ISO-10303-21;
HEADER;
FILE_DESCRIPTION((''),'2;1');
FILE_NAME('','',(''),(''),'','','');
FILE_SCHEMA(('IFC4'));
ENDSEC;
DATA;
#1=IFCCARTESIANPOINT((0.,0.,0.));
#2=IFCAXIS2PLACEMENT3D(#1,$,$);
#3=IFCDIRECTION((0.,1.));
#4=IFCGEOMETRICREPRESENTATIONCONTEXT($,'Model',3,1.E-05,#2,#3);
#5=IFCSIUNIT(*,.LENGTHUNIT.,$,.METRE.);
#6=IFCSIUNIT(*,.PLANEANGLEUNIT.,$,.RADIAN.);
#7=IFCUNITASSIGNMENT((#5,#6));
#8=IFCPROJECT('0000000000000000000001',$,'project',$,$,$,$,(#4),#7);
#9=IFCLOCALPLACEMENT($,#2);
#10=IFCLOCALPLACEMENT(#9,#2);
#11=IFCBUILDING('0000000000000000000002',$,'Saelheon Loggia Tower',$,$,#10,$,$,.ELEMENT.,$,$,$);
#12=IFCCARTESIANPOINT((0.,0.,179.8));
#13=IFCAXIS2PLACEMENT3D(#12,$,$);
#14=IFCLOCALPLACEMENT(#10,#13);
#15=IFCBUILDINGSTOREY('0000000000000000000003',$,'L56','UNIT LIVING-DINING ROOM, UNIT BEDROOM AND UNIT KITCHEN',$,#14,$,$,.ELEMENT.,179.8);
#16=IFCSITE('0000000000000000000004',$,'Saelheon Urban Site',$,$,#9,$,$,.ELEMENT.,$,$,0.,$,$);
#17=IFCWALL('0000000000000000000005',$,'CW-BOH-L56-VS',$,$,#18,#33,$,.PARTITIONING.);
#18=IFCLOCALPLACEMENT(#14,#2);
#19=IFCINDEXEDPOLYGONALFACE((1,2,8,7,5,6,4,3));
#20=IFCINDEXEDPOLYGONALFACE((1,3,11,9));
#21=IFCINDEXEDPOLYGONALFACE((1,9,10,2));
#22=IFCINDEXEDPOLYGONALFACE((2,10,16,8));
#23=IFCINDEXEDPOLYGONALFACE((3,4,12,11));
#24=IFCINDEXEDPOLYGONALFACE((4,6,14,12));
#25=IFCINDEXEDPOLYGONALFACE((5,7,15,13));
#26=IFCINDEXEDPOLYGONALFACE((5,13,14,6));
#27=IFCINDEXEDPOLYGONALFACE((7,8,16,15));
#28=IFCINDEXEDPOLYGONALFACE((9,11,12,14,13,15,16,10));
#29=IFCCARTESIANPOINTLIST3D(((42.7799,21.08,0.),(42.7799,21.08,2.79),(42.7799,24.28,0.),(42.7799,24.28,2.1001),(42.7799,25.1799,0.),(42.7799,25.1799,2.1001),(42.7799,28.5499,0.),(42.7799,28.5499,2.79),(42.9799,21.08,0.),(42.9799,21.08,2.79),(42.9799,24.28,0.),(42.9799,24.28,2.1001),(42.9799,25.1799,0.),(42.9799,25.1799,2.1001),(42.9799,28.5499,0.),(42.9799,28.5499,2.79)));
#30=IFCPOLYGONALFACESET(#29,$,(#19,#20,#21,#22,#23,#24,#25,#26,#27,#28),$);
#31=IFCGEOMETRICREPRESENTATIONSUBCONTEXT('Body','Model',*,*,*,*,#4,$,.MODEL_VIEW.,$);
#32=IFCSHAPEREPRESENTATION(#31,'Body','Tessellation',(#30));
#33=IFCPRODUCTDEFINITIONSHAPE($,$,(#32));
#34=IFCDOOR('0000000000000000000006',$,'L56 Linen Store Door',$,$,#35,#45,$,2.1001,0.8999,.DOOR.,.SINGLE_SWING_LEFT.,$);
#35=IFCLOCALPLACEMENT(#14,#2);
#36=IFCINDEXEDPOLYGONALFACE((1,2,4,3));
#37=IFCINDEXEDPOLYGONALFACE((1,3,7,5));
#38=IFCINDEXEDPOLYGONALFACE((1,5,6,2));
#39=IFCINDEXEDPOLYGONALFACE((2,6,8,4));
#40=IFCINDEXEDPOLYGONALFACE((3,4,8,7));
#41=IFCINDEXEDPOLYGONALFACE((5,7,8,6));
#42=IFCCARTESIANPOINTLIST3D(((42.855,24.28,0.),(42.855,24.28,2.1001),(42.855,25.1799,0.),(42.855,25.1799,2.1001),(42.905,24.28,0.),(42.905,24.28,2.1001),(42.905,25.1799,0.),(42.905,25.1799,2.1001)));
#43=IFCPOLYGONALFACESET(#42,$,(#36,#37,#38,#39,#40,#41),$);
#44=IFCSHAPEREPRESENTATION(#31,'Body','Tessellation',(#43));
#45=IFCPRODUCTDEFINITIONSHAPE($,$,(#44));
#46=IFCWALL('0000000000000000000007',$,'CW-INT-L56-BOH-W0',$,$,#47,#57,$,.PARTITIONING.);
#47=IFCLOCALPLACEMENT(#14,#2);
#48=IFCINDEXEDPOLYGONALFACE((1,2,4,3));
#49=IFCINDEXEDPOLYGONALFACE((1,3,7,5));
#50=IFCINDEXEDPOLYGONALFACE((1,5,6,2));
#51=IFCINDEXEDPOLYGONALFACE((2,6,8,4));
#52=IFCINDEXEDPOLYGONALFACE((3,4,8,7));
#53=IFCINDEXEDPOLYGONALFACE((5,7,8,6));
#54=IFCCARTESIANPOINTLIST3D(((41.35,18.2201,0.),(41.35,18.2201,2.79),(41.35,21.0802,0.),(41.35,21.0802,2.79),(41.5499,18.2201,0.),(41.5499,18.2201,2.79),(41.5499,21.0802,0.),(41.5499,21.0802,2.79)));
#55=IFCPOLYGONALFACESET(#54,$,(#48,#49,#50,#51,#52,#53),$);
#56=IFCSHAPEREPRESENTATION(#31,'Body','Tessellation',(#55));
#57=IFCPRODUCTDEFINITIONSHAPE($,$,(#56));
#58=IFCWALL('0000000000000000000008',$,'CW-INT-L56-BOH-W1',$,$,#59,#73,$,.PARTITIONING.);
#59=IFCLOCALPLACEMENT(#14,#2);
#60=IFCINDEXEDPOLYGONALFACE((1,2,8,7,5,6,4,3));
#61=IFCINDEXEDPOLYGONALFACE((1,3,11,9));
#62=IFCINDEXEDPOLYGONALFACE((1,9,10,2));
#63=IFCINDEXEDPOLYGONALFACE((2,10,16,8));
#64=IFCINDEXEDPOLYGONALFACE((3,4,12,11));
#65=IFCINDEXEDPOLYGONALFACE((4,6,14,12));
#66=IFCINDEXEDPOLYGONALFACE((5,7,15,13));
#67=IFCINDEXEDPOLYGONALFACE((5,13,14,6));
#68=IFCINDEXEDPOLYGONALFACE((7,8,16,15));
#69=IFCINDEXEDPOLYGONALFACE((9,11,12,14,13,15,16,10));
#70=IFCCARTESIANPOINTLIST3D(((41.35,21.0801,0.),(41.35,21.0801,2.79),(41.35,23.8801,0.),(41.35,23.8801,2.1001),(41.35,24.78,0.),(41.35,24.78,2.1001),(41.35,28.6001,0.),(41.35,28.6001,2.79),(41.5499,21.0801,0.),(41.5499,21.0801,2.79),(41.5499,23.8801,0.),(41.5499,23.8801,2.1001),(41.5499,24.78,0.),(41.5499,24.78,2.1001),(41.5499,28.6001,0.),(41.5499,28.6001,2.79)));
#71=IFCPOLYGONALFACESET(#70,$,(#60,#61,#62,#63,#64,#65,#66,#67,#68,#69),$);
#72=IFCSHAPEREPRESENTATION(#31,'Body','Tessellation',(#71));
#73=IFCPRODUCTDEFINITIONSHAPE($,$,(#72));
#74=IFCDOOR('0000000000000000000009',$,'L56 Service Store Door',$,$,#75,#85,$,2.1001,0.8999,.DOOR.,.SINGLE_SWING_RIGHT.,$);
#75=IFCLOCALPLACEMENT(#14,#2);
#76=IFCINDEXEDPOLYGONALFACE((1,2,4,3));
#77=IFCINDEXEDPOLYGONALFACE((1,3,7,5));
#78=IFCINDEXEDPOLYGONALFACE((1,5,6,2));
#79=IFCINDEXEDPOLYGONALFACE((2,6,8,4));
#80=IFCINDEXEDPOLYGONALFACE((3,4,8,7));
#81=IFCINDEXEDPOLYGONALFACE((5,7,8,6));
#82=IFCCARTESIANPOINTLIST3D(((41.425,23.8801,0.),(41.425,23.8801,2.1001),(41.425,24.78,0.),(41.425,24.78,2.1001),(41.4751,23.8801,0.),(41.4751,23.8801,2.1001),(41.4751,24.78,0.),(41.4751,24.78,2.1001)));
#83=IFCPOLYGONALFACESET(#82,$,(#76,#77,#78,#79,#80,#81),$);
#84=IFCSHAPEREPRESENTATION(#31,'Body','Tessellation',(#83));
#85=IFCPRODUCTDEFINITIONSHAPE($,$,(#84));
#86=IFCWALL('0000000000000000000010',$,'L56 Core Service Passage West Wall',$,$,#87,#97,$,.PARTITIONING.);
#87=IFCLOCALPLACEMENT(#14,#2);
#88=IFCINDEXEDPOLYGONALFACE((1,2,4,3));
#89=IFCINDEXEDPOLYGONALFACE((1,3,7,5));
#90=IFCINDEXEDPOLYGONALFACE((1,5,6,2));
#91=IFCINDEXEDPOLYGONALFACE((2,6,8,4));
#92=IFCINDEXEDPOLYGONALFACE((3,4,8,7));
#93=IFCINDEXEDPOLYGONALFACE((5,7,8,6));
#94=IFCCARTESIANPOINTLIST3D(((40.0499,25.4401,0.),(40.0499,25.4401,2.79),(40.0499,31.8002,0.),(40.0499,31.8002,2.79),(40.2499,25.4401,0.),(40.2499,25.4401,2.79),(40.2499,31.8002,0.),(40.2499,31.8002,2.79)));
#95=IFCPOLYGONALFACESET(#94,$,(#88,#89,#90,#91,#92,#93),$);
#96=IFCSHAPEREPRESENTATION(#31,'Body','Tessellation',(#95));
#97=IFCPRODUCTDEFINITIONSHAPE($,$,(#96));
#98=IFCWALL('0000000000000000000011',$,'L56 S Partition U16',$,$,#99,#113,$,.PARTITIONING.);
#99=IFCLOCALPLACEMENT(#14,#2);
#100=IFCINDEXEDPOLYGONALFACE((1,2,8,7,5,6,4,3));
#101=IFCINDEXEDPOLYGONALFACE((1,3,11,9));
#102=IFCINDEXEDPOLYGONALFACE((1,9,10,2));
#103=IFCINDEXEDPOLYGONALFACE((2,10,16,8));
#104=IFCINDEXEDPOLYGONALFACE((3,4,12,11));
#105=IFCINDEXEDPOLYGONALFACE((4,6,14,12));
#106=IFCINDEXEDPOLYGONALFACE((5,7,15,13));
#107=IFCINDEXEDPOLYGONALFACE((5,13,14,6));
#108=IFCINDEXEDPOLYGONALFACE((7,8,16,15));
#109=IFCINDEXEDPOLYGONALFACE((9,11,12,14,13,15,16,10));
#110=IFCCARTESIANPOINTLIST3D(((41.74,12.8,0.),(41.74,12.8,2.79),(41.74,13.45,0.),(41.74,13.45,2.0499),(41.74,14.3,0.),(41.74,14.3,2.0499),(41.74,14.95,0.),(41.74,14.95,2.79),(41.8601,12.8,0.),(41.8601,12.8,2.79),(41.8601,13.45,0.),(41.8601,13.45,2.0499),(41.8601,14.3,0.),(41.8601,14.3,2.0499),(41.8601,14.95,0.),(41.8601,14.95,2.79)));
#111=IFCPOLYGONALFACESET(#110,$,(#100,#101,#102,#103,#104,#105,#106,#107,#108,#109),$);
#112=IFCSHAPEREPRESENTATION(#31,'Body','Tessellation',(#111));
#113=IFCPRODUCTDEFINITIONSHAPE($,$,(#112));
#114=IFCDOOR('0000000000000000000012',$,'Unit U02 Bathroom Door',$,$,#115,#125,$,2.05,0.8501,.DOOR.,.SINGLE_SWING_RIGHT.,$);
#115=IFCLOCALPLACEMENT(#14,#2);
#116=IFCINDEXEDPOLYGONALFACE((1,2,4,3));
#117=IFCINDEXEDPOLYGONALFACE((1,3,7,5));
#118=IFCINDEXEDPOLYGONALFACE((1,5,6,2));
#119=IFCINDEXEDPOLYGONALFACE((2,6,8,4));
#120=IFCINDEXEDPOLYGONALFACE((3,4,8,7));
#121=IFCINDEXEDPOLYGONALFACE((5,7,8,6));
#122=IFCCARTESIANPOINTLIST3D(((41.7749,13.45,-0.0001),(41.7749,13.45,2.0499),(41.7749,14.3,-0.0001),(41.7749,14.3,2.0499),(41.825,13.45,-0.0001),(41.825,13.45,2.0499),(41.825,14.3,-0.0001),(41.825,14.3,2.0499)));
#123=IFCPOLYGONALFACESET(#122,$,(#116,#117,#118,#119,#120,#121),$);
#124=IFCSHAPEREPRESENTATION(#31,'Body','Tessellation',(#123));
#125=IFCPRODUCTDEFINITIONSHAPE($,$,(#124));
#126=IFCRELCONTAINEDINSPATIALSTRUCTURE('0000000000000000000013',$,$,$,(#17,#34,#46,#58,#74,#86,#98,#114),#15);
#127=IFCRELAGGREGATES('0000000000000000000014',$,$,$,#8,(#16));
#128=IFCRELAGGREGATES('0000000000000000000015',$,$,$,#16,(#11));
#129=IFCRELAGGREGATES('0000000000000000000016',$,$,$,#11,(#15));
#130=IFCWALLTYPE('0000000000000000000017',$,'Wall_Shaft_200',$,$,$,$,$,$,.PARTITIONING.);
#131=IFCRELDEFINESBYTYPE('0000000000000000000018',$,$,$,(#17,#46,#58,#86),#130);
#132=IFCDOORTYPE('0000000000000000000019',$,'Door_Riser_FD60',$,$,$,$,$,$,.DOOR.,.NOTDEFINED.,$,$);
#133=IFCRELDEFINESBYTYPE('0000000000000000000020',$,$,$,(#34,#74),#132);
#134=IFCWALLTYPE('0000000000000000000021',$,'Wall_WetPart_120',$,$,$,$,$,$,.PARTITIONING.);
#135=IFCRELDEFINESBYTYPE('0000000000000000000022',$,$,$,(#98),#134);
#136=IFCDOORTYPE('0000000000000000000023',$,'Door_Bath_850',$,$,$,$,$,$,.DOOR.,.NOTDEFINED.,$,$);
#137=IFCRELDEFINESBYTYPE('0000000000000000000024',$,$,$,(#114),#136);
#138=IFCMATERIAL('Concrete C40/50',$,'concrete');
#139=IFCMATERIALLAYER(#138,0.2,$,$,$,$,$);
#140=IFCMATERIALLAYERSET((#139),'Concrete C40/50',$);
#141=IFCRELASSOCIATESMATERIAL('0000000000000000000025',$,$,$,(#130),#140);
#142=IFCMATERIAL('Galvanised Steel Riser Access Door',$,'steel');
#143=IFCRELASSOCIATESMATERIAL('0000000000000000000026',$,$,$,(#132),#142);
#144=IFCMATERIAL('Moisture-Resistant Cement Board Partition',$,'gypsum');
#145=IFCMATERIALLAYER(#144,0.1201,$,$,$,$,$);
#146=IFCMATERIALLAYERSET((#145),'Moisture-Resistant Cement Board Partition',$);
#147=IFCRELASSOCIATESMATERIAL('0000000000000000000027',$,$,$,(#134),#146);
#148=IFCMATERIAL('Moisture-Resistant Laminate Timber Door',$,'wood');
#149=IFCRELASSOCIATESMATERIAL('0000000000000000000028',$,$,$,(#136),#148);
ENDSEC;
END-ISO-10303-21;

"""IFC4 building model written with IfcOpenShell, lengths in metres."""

from ifc_helpers import new_model, si_unit, direction, frame, frame_2d, origin, place, context, subcontext, project, spatial, rectangle, extrude, source, transform, mapped, material, layer, layer_set, type_object, element, fill, save


model = new_model("IFC4")

# Units and contexts
model_context = context("Model", 3, precision=1e-05, world=origin(), true_north=direction((0.0, 1.0)))
body_context = subcontext(model_context, "Body", "Model", "MODEL_VIEW")
ifc_project = project(units=[si_unit("LENGTHUNIT", "METRE"), si_unit("PLANEANGLEUNIT", "RADIAN")], contexts=[model_context])

# Site, building, storey
site_placement = place(None, origin())
site = spatial("IfcSite", under=ifc_project, at=site_placement, Name="Saelheon Urban Site", CompositionType="ELEMENT", RefElevation=0.0)
building_placement = place(site_placement, origin())
building = spatial("IfcBuilding", under=site, at=building_placement, Name="Saelheon Loggia Tower", CompositionType="ELEMENT")
storey_placement = place(building_placement, frame((0.0, 0.0, 179.8)))
storey = spatial("IfcBuildingStorey", under=building, at=storey_placement, Name="L56", Description="UNIT LIVING-DINING ROOM, UNIT BEDROOM AND UNIT KITCHEN", CompositionType="ELEMENT", Elevation=179.8)

# Shared definitions
ifc_material_1 = material(Name="Concrete C40/50", Category="concrete")

# Shared definitions
ifc_layer_1 = layer(ifc_material_1, 0.2)
ifc_layer_set_1 = layer_set([ifc_layer_1], Name="Concrete C40/50")
wall_type_1 = type_object("IfcWallType", Name="Wall_Shaft_200", PredefinedType="PARTITIONING", material=ifc_layer_set_1)

# Wall, opening, door
wall_1_placement = place(storey_placement, frame((42.8799, 21.0801, 0.0), z_axis=(0.0, 0.0, 1.0), x_axis=(0.0, 1.0, 0.0)))
wall_1 = element("IfcWall", 1, at=wall_1_placement, inside=storey, type_object=wall_type_1, Name="CW-BOH-L56-VS", PredefinedType="PARTITIONING", context=body_context, shape_type="SweptSolid", body=[
    extrude(rectangle(XDim=7.47, YDim=0.2, at=frame_2d((3.7349, 0.0))), origin(), (0.0, 0.0, 1.0), 2.79),
])
opening_1_placement = place(wall_1_placement, frame((3.2, 0.0, 0.0)))
opening_1 = element("IfcOpeningElement", 2, at=opening_1_placement, cuts=wall_1, PredefinedType="OPENING", context=body_context, shape_type="SweptSolid", body=[
    extrude(rectangle(XDim=0.8999, YDim=2.1001, at=frame_2d((0.45, 1.05))), frame((0.0, 0.1121, 0.0), z_axis=(0.0, -1.0, 0.0), x_axis=(1.0, 0.0, 0.0)), (0.0, 0.0, 1.0), 0.2239),
])
ifc_material_2 = material(Name="Galvanised Steel Riser Access Door", Category="steel")
door_type_1 = type_object("IfcDoorType", Name="Door_Riser_FD60", OperationType="NOTDEFINED", PredefinedType="DOOR", material=ifc_material_2)
shared_shape_1 = source(origin(), body_context, "Body", "SweptSolid", [
    extrude(rectangle(XDim=0.8999, YDim=2.1001, at=frame_2d((0.45, 1.05))), frame((0.0, 0.0249, 0.0), z_axis=(0.0, -1.0, 0.0), x_axis=(1.0, 0.0, 0.0)), (0.0, 0.0, 1.0), 0.05),
])
door_1_placement = place(opening_1_placement, origin())
door_1 = element("IfcDoor", 3, at=door_1_placement, inside=storey, type_object=door_type_1, Name="L56 Linen Store Door", OperationType="SINGLE_SWING_LEFT", OverallHeight=2.1001, OverallWidth=0.8999, PredefinedType="DOOR", context=body_context, shape_type="MappedRepresentation", body=[
    mapped(shared_shape_1, transform((0.0, 0.0, 0.0), scale=1.0)),
])
fill(opening_1, door_1)

# Wall
wall_2_placement = place(storey_placement, frame((41.45, 18.22, 0.0), z_axis=(0.0, 0.0, 1.0), x_axis=(0.0, 1.0, 0.0)))
element("IfcWall", 4, at=wall_2_placement, inside=storey, type_object=wall_type_1, Name="CW-INT-L56-BOH-W0", PredefinedType="PARTITIONING", context=body_context, shape_type="SweptSolid", body=[
    extrude(rectangle(XDim=2.8601, YDim=0.2, at=frame_2d((1.4302, 0.0))), origin(), (0.0, 0.0, 1.0), 2.79),
])

# Wall, opening, door
wall_3_placement = place(storey_placement, frame((41.45, 21.0801, 0.0), z_axis=(0.0, 0.0, 1.0), x_axis=(0.0, 1.0, 0.0)))
wall_3 = element("IfcWall", 5, at=wall_3_placement, inside=storey, type_object=wall_type_1, Name="CW-INT-L56-BOH-W1", PredefinedType="PARTITIONING", context=body_context, shape_type="SweptSolid", body=[
    extrude(rectangle(XDim=7.52, YDim=0.2, at=frame_2d((3.76, 0.0))), origin(), (0.0, 0.0, 1.0), 2.79),
])
opening_2_placement = place(wall_3_placement, frame((2.8, 0.0, 0.0)))
opening_2 = element("IfcOpeningElement", 6, at=opening_2_placement, cuts=wall_3, PredefinedType="OPENING", context=body_context, shape_type="SweptSolid", body=[
    extrude(rectangle(XDim=0.8999, YDim=2.1001, at=frame_2d((0.45, 1.05))), frame((0.0, 0.1121, 0.0), z_axis=(0.0, -1.0, 0.0), x_axis=(1.0, 0.0, 0.0)), (0.0, 0.0, 1.0), 0.2239),
])
door_2_placement = place(opening_2_placement, origin())
door_2 = element("IfcDoor", 7, at=door_2_placement, inside=storey, type_object=door_type_1, Name="L56 Service Store Door", OperationType="SINGLE_SWING_RIGHT", OverallHeight=2.1001, OverallWidth=0.8999, PredefinedType="DOOR", context=body_context, shape_type="MappedRepresentation", body=[
    mapped(shared_shape_1, transform((0.0, 0.0, 0.0), scale=1.0)),
])
fill(opening_2, door_2)

# Wall
wall_4_placement = place(storey_placement, frame((40.1499, 25.4399, 0.0), z_axis=(0.0, 0.0, 1.0), x_axis=(0.0, 1.0, 0.0)))
element("IfcWall", 8, at=wall_4_placement, inside=storey, type_object=wall_type_1, Name="L56 Core Service Passage West Wall", PredefinedType="PARTITIONING", context=body_context, shape_type="SweptSolid", body=[
    extrude(rectangle(XDim=6.3601, YDim=0.2, at=frame_2d((3.1802, 0.0))), origin(), (0.0, 0.0, 1.0), 2.79),
])

# Wall, opening, door
ifc_material_3 = material(Name="Moisture-Resistant Cement Board Partition", Category="gypsum")
ifc_layer_2 = layer(ifc_material_3, 0.1201)
ifc_layer_set_2 = layer_set([ifc_layer_2], Name="Moisture-Resistant Cement Board Partition")
wall_type_2 = type_object("IfcWallType", Name="Wall_WetPart_120", PredefinedType="PARTITIONING", material=ifc_layer_set_2)
wall_5_placement = place(storey_placement, frame((41.8, 14.95, 0.0), z_axis=(0.0, 0.0, 1.0), x_axis=(0.0, -1.0, 0.0)))
wall_5 = element("IfcWall", 9, at=wall_5_placement, inside=storey, type_object=wall_type_2, Name="L56 S Partition U16", PredefinedType="PARTITIONING", context=body_context, shape_type="SweptSolid", body=[
    extrude(rectangle(XDim=2.1499, YDim=0.1201, at=frame_2d((1.075, 0.0))), origin(), (0.0, 0.0, 1.0), 2.79),
])
opening_3_placement = place(wall_5_placement, frame((0.6499, 0.0, 0.0)))
opening_3 = element("IfcOpeningElement", 10, at=opening_3_placement, cuts=wall_5, PredefinedType="OPENING", context=body_context, shape_type="SweptSolid", body=[
    extrude(rectangle(XDim=0.8501, YDim=2.05, at=frame_2d((0.425, 1.0249))), frame((0.0, 0.072, 0.0), z_axis=(0.0, -1.0, 0.0), x_axis=(1.0, 0.0, 0.0)), (0.0, 0.0, 1.0), 0.144),
])
ifc_material_4 = material(Name="Moisture-Resistant Laminate Timber Door", Category="wood")
door_type_2 = type_object("IfcDoorType", Name="Door_Bath_850", OperationType="NOTDEFINED", PredefinedType="DOOR", material=ifc_material_4)
shared_shape_2 = source(origin(), body_context, "Body", "SweptSolid", [
    extrude(rectangle(XDim=0.8501, YDim=2.05, at=frame_2d((0.425, 1.0249))), frame((0.0, 0.0249, 0.0), z_axis=(0.0, -1.0, 0.0), x_axis=(1.0, 0.0, 0.0)), (0.0, 0.0, 1.0), 0.05),
])
door_3_placement = place(opening_3_placement, origin())
door_3 = element("IfcDoor", 11, at=door_3_placement, inside=storey, type_object=door_type_2, Name="Unit U02 Bathroom Door", OperationType="SINGLE_SWING_RIGHT", OverallHeight=2.05, OverallWidth=0.8501, PredefinedType="DOOR", context=body_context, shape_type="MappedRepresentation", body=[
    mapped(shared_shape_2, transform((0.0, 0.0, 0.0), scale=1.0)),
])
fill(opening_3, door_3)

save(model, "model.ifc")
